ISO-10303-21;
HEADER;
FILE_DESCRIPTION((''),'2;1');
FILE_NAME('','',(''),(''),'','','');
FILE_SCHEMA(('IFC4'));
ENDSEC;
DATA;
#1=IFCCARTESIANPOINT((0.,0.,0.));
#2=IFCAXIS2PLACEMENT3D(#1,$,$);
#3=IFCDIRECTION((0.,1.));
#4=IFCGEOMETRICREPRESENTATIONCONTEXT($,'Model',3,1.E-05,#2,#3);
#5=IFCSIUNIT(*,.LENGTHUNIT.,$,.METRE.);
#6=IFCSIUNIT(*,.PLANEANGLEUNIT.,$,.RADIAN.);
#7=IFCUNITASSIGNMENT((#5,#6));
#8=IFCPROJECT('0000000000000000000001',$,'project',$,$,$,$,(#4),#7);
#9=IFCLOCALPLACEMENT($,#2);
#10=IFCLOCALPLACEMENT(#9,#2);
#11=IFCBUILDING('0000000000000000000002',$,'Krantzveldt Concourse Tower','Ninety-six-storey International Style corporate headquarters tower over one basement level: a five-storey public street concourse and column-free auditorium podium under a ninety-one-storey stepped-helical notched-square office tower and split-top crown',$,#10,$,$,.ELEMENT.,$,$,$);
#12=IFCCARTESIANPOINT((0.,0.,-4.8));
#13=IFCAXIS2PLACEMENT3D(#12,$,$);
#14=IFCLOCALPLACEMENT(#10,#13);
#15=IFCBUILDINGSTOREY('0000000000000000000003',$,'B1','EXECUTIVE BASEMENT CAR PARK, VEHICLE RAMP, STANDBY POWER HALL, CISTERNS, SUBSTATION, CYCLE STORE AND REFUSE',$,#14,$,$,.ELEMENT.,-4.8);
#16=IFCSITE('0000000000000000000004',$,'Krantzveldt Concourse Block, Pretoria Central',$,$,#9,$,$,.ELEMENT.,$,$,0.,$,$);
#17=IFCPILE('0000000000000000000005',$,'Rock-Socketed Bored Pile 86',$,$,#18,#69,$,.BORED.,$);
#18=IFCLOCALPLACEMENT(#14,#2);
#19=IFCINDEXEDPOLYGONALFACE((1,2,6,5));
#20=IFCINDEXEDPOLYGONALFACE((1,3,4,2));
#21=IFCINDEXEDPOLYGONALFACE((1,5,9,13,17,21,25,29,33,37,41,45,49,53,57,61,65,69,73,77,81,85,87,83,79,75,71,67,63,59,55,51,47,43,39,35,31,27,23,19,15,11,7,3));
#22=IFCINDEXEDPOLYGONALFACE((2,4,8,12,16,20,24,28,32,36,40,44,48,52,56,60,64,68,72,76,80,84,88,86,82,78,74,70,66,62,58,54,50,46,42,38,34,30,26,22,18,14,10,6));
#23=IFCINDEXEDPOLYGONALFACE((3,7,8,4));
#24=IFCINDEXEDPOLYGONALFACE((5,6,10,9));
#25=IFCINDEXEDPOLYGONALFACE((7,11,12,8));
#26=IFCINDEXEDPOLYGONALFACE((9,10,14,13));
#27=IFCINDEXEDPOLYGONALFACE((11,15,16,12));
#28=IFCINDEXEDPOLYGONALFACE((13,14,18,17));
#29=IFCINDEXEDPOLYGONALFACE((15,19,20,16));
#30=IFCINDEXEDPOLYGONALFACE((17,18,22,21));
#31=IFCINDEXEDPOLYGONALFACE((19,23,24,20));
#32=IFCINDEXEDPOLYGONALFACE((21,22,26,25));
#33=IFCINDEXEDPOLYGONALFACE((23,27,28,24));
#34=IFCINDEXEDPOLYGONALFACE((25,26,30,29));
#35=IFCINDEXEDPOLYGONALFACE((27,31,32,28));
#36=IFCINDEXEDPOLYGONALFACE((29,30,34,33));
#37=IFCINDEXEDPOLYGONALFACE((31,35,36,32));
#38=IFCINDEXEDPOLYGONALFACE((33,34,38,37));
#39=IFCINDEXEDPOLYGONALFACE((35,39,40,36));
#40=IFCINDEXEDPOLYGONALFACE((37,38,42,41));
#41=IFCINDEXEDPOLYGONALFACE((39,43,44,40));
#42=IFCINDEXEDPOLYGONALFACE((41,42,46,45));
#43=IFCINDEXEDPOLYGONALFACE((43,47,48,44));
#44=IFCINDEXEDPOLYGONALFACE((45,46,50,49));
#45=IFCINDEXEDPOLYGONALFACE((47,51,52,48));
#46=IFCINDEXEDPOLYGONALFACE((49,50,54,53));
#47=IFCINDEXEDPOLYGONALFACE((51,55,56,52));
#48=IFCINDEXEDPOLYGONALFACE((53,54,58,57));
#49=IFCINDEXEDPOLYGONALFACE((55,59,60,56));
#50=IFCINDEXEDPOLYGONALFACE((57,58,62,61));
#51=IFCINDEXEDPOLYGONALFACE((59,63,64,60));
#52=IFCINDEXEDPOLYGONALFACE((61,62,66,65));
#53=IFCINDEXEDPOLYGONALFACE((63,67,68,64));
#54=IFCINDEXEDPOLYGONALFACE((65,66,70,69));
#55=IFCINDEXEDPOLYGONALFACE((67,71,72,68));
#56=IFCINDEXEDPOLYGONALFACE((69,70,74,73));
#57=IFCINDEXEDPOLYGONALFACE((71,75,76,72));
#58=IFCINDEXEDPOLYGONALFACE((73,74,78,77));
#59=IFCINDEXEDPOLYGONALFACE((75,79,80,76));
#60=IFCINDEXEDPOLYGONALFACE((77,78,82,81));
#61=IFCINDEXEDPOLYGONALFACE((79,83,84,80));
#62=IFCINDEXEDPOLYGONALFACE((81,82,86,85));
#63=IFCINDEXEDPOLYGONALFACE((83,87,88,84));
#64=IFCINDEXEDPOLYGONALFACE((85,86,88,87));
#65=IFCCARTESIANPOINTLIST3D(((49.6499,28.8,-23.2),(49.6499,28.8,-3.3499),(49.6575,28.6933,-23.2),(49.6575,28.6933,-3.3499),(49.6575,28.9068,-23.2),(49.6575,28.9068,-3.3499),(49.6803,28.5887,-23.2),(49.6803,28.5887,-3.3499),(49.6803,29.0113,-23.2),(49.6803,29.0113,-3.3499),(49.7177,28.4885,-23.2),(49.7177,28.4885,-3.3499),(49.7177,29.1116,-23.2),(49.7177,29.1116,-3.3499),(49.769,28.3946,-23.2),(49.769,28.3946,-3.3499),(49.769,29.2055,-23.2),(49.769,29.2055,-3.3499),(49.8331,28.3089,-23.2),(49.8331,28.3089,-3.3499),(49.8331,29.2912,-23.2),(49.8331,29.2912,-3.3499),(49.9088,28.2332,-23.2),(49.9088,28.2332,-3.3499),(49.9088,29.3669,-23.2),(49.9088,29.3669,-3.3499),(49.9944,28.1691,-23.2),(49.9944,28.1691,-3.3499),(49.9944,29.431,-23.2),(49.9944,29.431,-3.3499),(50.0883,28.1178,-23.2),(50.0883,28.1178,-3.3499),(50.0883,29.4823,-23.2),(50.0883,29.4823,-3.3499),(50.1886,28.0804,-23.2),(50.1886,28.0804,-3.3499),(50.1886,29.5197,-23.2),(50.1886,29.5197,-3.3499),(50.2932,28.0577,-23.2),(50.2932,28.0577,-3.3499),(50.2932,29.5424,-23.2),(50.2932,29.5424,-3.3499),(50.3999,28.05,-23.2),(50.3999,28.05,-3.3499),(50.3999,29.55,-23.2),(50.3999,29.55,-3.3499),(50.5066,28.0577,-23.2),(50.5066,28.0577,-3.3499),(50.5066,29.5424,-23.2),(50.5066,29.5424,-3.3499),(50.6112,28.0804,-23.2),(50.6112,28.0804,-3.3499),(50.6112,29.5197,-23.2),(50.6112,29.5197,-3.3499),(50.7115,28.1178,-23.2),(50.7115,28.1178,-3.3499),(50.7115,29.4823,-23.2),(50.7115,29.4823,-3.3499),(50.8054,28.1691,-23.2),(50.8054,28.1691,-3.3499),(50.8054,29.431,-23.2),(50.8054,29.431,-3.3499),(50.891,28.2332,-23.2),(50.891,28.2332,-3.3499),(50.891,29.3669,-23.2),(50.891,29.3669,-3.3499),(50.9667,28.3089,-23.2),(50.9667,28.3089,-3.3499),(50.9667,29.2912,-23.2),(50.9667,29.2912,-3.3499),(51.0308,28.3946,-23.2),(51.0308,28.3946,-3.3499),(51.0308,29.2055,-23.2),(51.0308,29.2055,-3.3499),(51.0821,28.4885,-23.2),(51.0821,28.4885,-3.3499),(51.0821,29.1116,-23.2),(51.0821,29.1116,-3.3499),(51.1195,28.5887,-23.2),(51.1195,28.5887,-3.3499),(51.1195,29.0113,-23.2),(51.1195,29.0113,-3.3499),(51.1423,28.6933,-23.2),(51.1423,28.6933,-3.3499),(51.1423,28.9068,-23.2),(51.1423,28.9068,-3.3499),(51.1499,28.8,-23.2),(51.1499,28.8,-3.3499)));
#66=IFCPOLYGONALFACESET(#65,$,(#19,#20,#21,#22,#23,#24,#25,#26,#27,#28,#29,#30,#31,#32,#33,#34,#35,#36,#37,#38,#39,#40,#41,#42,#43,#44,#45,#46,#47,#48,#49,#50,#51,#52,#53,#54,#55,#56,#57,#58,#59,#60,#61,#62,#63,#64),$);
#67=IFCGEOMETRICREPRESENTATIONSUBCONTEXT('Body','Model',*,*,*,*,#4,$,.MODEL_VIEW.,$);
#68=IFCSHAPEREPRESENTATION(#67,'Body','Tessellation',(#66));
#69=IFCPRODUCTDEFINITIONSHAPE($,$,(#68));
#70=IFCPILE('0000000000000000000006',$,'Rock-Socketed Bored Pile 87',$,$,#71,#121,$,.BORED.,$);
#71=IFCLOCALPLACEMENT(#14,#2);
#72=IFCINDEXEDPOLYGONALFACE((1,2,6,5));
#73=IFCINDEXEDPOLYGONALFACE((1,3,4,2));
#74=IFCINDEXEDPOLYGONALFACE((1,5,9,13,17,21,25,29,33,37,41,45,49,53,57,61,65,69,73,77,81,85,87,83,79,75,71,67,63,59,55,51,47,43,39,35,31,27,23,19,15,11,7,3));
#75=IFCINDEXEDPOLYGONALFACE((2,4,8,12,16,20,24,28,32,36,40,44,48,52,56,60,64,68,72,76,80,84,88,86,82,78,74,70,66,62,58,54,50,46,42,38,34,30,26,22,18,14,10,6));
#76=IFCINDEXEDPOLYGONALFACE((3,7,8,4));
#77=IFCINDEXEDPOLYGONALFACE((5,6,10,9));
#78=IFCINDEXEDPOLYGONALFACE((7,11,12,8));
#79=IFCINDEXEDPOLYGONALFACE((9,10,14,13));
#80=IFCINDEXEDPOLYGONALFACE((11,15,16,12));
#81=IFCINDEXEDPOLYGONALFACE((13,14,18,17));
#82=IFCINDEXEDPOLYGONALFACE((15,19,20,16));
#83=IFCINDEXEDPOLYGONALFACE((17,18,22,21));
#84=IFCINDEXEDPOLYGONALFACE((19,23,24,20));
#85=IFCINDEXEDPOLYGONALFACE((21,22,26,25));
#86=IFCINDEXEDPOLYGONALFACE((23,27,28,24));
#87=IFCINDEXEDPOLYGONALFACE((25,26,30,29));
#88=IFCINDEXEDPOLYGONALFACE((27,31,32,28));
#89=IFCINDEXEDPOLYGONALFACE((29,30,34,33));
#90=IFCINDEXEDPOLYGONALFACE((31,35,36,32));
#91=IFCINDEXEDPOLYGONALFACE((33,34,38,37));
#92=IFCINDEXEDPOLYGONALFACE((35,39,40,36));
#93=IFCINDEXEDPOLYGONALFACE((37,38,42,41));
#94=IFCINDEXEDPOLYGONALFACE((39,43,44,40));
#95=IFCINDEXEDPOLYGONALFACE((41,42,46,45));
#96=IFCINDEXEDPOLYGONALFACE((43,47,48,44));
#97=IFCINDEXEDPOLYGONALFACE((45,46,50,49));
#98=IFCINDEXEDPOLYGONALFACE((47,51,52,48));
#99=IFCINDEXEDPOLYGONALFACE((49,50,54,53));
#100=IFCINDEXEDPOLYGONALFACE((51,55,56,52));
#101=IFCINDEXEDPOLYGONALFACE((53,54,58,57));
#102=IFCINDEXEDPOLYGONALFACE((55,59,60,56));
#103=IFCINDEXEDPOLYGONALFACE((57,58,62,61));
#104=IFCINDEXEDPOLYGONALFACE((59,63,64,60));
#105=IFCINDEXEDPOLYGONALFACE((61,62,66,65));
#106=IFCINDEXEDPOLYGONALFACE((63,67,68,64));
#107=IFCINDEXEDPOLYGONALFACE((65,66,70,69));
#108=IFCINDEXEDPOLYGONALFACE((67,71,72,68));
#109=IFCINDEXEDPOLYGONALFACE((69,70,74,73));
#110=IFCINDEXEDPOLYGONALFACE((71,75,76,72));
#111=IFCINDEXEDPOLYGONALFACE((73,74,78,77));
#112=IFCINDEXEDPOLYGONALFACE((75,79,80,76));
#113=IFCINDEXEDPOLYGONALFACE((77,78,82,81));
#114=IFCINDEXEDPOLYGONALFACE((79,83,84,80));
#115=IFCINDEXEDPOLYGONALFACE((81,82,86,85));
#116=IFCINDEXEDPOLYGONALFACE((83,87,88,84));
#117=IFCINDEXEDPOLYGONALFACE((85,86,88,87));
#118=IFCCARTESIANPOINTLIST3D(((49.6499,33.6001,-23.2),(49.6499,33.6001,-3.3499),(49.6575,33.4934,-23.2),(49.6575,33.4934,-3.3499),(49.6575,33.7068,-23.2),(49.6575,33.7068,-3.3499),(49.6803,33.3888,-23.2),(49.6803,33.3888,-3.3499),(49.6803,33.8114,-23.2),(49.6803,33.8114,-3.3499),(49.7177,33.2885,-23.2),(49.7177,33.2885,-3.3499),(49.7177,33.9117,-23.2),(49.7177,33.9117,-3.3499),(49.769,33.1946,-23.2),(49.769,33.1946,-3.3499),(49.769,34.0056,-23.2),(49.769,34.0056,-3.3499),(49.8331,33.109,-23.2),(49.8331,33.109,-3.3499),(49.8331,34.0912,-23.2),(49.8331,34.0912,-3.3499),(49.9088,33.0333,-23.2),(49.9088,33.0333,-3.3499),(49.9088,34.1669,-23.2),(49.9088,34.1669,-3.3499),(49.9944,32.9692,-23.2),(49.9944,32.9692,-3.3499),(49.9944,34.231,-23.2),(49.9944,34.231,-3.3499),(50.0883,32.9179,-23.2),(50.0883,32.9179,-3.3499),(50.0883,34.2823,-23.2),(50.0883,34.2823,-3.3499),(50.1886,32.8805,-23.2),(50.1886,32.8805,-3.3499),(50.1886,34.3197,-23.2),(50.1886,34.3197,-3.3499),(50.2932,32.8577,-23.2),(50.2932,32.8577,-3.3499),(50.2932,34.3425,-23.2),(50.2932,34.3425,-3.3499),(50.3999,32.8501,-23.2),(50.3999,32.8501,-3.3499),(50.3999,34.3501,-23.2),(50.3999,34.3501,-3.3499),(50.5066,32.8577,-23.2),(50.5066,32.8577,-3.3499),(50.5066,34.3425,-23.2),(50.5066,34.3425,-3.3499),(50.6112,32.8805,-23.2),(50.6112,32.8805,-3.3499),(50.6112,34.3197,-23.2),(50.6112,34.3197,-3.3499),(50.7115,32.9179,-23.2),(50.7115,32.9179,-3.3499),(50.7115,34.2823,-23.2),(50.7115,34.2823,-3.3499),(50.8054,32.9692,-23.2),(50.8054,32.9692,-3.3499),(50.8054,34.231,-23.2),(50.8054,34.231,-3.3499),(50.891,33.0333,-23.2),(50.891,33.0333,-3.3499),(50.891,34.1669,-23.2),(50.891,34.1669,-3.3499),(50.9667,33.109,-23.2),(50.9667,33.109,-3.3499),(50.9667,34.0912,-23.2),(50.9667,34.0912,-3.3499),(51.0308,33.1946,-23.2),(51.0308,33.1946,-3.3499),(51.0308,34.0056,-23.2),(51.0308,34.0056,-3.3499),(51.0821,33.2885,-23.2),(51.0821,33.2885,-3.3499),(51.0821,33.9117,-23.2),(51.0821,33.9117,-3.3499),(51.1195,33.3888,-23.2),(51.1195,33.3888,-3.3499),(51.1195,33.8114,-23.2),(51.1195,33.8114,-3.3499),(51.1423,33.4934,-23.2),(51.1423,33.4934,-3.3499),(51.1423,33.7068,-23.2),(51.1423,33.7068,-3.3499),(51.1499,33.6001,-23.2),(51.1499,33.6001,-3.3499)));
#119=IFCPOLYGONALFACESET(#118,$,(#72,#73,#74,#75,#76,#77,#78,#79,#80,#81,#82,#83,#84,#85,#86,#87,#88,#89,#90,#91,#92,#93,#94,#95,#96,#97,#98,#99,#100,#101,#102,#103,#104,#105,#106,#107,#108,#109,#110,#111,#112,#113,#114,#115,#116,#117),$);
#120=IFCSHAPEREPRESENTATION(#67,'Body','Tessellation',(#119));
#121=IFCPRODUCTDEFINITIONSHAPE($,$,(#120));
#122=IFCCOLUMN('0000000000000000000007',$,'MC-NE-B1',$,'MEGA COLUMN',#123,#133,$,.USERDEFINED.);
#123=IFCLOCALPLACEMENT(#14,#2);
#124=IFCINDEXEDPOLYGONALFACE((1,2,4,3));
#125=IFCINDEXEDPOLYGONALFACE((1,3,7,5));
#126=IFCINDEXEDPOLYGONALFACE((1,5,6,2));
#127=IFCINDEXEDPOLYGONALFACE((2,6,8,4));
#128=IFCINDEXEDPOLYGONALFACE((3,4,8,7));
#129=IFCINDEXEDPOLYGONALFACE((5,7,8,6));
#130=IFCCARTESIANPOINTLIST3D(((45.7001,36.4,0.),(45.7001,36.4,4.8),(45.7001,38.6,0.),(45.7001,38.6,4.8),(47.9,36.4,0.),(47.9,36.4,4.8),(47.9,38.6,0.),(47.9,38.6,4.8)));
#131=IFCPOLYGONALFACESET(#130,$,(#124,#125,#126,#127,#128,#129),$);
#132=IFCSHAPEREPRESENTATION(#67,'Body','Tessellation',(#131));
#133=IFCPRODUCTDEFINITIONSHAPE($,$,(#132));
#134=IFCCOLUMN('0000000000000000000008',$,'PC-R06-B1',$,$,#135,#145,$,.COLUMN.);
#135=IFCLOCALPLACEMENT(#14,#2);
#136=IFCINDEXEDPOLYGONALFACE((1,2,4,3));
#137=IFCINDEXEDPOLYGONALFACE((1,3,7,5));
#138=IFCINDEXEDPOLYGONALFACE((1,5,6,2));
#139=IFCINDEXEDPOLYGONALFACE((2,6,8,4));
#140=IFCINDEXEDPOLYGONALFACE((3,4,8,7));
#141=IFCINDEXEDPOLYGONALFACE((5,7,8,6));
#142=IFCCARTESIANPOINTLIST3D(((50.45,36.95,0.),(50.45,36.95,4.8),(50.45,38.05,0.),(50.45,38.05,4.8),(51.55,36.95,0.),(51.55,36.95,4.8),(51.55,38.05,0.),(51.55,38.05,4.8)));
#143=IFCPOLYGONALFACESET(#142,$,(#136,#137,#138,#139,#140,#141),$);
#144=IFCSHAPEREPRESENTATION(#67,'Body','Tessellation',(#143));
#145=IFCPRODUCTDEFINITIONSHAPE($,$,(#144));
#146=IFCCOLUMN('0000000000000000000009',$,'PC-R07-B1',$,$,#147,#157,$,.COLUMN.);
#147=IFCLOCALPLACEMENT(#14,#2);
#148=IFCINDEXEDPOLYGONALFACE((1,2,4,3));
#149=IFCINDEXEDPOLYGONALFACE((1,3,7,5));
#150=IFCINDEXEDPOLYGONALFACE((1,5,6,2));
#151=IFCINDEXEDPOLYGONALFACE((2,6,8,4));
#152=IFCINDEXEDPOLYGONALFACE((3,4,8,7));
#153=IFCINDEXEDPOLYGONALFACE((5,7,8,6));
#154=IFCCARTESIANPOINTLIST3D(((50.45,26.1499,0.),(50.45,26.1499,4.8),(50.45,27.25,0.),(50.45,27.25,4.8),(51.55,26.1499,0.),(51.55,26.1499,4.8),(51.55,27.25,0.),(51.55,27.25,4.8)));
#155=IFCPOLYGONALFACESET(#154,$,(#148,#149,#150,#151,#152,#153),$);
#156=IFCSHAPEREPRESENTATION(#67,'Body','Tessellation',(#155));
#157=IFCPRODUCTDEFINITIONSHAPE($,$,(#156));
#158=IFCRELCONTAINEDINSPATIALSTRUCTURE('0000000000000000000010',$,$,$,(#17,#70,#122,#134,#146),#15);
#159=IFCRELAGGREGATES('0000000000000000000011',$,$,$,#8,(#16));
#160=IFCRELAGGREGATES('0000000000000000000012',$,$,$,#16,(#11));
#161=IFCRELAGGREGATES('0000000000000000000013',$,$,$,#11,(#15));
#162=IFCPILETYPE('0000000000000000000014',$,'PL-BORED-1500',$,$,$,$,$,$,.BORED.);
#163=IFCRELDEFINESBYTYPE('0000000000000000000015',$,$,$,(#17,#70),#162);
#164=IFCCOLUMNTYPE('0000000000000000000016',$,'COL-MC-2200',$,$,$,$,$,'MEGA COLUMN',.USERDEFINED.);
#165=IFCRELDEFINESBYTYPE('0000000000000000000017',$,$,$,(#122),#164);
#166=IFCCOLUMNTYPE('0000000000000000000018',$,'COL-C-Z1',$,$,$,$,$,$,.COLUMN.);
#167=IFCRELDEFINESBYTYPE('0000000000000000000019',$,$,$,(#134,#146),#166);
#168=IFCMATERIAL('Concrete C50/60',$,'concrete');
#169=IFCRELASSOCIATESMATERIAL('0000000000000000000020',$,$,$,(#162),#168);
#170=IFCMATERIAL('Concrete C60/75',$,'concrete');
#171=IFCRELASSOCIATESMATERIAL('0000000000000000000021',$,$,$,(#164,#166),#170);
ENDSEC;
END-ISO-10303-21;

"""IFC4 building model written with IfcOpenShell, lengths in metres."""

from ifc_helpers import new_model, si_unit, direction, frame, origin, origin_2d, place, context, subcontext, project, spatial, rectangle, circle, extrude, source, transform, mapped, material, material_profile, profile_set, type_object, type_shapes, element, save


model = new_model("IFC4")

# Units and contexts
model_context = context("Model", 3, precision=1e-05, world=origin(), true_north=direction((0.0, 1.0)))
body_context = subcontext(model_context, "Body", "Model", "MODEL_VIEW")
ifc_project = project(units=[si_unit("LENGTHUNIT", "METRE"), si_unit("PLANEANGLEUNIT", "RADIAN")], contexts=[model_context])

# Site, building, storey
site_placement = place(None, origin())
site = spatial("IfcSite", under=ifc_project, at=site_placement, Name="Krantzveldt Concourse Block, Pretoria Central", CompositionType="ELEMENT", RefElevation=0.0)
building_placement = place(site_placement, origin())
building = spatial("IfcBuilding", under=site, at=building_placement, Name="Krantzveldt Concourse Tower", Description="Ninety-six-storey International Style corporate headquarters tower over one basement level: a five-storey public street concourse and column-free auditorium podium under a ninety-one-storey stepped-helical notched-square office tower and split-top crown", CompositionType="ELEMENT")
storey_placement = place(building_placement, frame((0.0, 0.0, -4.8)))
storey = spatial("IfcBuildingStorey", under=building, at=storey_placement, Name="B1", Description="EXECUTIVE BASEMENT CAR PARK, VEHICLE RAMP, STANDBY POWER HALL, CISTERNS, SUBSTATION, CYCLE STORE AND REFUSE", CompositionType="ELEMENT", Elevation=-4.8)

# Piles
ifc_material_1 = material(Name="Concrete C50/60", Category="concrete")
ifc_material_profile_1 = material_profile(ifc_material_1, circle(Radius=0.75, at=origin_2d()), Name="Concrete C50/60", Category="concrete")
ifc_profile_set_1 = profile_set([ifc_material_profile_1], Name="Concrete C50/60 - PILE D1500")
pile_type_1 = type_object("IfcPileType", Name="PL-BORED-1500", PredefinedType="BORED", material=ifc_profile_set_1)
shared_shape_1 = source(origin(), body_context, "Body", "SweptSolid", [
    extrude(circle(Radius=0.75, at=origin_2d()), origin(), (0.0, 0.0, 1.0), 19.8501),
])
type_shapes(pile_type_1, [shared_shape_1])
for number, where, z_axis, x_axis, name in (
    (1, (50.3999, 28.8, -3.3499), (0.0, 0.0, -1.0), (1.0, 0.0, 0.0), "Rock-Socketed Bored Pile 86"),
    (2, (50.3999, 33.6001, -3.3499), (0.0, 0.0, -1.0), (1.0, 0.0, 0.0), "Rock-Socketed Bored Pile 87"),
):
    element("IfcPile", number, at=place(storey_placement, frame(where, z_axis=z_axis, x_axis=x_axis)), inside=storey, type_object=pile_type_1, Name=name, PredefinedType="BORED", context=body_context, shape_type="MappedRepresentation", body=[
        mapped(shared_shape_1, transform((0.0, 0.0, 0.0), x_axis=(1.0, 0.0, 0.0), y_axis=(0.0, 1.0, 0.0), z_axis=(0.0, 0.0, 1.0), scale=1.0)),
    ])

# Columns
ifc_material_2 = material(Name="Concrete C60/75", Category="concrete")
ifc_material_profile_2 = material_profile(ifc_material_2, rectangle(XDim=2.2, YDim=2.2, at=origin_2d()), Name="Concrete C60/75", Category="concrete")
ifc_profile_set_2 = profile_set([ifc_material_profile_2], Name="Concrete C60/75 - RC 2200x2200")
column_type_1 = type_object("IfcColumnType", Name="COL-MC-2200", ElementType="MEGA COLUMN", PredefinedType="USERDEFINED", material=ifc_profile_set_2)
shared_shape_2 = source(origin(), body_context, "Body", "SweptSolid", [
    extrude(rectangle(XDim=2.2, YDim=2.2, at=origin_2d()), origin(), (0.0, 0.0, 1.0), 4.8),
])
type_shapes(column_type_1, [shared_shape_2])
column_placement = place(storey_placement, frame((46.8, 37.5, 0.0), z_axis=(0.0, 0.0, 1.0), x_axis=(1.0, 0.0, 0.0)))
element("IfcColumn", 3, at=column_placement, inside=storey, type_object=column_type_1, Name="MC-NE-B1", ObjectType="MEGA COLUMN", PredefinedType="USERDEFINED", context=body_context, shape_type="MappedRepresentation", body=[
    mapped(shared_shape_2, transform((0.0, 0.0, 0.0), x_axis=(1.0, 0.0, 0.0), y_axis=(0.0, 1.0, 0.0), z_axis=(0.0, 0.0, 1.0), scale=1.0)),
])
ifc_material_profile_3 = material_profile(ifc_material_2, rectangle(XDim=1.1001, YDim=1.1001, at=origin_2d()), Name="Concrete C60/75", Category="concrete")
ifc_profile_set_3 = profile_set([ifc_material_profile_3], Name="Concrete C60/75 - RC 1100x1100")
column_type_2 = type_object("IfcColumnType", Name="COL-C-Z1", PredefinedType="COLUMN", material=ifc_profile_set_3)
shared_shape_3 = source(origin(), body_context, "Body", "SweptSolid", [
    extrude(rectangle(XDim=1.1001, YDim=1.1001, at=origin_2d()), origin(), (0.0, 0.0, 1.0), 4.8),
])
type_shapes(column_type_2, [shared_shape_3])
for number, where, z_axis, x_axis, name in (
    (4, (51.0, 37.5, 0.0), (0.0, 0.0, 1.0), (1.0, 0.0, 0.0), "PC-R06-B1"),
    (5, (51.0, 26.7, 0.0), (0.0, 0.0, 1.0), (1.0, 0.0, 0.0), "PC-R07-B1"),
):
    element("IfcColumn", number, at=place(storey_placement, frame(where, z_axis=z_axis, x_axis=x_axis)), inside=storey, type_object=column_type_2, Name=name, PredefinedType="COLUMN", context=body_context, shape_type="MappedRepresentation", body=[
        mapped(shared_shape_3, transform((0.0, 0.0, 0.0), x_axis=(1.0, 0.0, 0.0), y_axis=(0.0, 1.0, 0.0), z_axis=(0.0, 0.0, 1.0), scale=1.0)),
    ])

save(model, "model.ifc")
